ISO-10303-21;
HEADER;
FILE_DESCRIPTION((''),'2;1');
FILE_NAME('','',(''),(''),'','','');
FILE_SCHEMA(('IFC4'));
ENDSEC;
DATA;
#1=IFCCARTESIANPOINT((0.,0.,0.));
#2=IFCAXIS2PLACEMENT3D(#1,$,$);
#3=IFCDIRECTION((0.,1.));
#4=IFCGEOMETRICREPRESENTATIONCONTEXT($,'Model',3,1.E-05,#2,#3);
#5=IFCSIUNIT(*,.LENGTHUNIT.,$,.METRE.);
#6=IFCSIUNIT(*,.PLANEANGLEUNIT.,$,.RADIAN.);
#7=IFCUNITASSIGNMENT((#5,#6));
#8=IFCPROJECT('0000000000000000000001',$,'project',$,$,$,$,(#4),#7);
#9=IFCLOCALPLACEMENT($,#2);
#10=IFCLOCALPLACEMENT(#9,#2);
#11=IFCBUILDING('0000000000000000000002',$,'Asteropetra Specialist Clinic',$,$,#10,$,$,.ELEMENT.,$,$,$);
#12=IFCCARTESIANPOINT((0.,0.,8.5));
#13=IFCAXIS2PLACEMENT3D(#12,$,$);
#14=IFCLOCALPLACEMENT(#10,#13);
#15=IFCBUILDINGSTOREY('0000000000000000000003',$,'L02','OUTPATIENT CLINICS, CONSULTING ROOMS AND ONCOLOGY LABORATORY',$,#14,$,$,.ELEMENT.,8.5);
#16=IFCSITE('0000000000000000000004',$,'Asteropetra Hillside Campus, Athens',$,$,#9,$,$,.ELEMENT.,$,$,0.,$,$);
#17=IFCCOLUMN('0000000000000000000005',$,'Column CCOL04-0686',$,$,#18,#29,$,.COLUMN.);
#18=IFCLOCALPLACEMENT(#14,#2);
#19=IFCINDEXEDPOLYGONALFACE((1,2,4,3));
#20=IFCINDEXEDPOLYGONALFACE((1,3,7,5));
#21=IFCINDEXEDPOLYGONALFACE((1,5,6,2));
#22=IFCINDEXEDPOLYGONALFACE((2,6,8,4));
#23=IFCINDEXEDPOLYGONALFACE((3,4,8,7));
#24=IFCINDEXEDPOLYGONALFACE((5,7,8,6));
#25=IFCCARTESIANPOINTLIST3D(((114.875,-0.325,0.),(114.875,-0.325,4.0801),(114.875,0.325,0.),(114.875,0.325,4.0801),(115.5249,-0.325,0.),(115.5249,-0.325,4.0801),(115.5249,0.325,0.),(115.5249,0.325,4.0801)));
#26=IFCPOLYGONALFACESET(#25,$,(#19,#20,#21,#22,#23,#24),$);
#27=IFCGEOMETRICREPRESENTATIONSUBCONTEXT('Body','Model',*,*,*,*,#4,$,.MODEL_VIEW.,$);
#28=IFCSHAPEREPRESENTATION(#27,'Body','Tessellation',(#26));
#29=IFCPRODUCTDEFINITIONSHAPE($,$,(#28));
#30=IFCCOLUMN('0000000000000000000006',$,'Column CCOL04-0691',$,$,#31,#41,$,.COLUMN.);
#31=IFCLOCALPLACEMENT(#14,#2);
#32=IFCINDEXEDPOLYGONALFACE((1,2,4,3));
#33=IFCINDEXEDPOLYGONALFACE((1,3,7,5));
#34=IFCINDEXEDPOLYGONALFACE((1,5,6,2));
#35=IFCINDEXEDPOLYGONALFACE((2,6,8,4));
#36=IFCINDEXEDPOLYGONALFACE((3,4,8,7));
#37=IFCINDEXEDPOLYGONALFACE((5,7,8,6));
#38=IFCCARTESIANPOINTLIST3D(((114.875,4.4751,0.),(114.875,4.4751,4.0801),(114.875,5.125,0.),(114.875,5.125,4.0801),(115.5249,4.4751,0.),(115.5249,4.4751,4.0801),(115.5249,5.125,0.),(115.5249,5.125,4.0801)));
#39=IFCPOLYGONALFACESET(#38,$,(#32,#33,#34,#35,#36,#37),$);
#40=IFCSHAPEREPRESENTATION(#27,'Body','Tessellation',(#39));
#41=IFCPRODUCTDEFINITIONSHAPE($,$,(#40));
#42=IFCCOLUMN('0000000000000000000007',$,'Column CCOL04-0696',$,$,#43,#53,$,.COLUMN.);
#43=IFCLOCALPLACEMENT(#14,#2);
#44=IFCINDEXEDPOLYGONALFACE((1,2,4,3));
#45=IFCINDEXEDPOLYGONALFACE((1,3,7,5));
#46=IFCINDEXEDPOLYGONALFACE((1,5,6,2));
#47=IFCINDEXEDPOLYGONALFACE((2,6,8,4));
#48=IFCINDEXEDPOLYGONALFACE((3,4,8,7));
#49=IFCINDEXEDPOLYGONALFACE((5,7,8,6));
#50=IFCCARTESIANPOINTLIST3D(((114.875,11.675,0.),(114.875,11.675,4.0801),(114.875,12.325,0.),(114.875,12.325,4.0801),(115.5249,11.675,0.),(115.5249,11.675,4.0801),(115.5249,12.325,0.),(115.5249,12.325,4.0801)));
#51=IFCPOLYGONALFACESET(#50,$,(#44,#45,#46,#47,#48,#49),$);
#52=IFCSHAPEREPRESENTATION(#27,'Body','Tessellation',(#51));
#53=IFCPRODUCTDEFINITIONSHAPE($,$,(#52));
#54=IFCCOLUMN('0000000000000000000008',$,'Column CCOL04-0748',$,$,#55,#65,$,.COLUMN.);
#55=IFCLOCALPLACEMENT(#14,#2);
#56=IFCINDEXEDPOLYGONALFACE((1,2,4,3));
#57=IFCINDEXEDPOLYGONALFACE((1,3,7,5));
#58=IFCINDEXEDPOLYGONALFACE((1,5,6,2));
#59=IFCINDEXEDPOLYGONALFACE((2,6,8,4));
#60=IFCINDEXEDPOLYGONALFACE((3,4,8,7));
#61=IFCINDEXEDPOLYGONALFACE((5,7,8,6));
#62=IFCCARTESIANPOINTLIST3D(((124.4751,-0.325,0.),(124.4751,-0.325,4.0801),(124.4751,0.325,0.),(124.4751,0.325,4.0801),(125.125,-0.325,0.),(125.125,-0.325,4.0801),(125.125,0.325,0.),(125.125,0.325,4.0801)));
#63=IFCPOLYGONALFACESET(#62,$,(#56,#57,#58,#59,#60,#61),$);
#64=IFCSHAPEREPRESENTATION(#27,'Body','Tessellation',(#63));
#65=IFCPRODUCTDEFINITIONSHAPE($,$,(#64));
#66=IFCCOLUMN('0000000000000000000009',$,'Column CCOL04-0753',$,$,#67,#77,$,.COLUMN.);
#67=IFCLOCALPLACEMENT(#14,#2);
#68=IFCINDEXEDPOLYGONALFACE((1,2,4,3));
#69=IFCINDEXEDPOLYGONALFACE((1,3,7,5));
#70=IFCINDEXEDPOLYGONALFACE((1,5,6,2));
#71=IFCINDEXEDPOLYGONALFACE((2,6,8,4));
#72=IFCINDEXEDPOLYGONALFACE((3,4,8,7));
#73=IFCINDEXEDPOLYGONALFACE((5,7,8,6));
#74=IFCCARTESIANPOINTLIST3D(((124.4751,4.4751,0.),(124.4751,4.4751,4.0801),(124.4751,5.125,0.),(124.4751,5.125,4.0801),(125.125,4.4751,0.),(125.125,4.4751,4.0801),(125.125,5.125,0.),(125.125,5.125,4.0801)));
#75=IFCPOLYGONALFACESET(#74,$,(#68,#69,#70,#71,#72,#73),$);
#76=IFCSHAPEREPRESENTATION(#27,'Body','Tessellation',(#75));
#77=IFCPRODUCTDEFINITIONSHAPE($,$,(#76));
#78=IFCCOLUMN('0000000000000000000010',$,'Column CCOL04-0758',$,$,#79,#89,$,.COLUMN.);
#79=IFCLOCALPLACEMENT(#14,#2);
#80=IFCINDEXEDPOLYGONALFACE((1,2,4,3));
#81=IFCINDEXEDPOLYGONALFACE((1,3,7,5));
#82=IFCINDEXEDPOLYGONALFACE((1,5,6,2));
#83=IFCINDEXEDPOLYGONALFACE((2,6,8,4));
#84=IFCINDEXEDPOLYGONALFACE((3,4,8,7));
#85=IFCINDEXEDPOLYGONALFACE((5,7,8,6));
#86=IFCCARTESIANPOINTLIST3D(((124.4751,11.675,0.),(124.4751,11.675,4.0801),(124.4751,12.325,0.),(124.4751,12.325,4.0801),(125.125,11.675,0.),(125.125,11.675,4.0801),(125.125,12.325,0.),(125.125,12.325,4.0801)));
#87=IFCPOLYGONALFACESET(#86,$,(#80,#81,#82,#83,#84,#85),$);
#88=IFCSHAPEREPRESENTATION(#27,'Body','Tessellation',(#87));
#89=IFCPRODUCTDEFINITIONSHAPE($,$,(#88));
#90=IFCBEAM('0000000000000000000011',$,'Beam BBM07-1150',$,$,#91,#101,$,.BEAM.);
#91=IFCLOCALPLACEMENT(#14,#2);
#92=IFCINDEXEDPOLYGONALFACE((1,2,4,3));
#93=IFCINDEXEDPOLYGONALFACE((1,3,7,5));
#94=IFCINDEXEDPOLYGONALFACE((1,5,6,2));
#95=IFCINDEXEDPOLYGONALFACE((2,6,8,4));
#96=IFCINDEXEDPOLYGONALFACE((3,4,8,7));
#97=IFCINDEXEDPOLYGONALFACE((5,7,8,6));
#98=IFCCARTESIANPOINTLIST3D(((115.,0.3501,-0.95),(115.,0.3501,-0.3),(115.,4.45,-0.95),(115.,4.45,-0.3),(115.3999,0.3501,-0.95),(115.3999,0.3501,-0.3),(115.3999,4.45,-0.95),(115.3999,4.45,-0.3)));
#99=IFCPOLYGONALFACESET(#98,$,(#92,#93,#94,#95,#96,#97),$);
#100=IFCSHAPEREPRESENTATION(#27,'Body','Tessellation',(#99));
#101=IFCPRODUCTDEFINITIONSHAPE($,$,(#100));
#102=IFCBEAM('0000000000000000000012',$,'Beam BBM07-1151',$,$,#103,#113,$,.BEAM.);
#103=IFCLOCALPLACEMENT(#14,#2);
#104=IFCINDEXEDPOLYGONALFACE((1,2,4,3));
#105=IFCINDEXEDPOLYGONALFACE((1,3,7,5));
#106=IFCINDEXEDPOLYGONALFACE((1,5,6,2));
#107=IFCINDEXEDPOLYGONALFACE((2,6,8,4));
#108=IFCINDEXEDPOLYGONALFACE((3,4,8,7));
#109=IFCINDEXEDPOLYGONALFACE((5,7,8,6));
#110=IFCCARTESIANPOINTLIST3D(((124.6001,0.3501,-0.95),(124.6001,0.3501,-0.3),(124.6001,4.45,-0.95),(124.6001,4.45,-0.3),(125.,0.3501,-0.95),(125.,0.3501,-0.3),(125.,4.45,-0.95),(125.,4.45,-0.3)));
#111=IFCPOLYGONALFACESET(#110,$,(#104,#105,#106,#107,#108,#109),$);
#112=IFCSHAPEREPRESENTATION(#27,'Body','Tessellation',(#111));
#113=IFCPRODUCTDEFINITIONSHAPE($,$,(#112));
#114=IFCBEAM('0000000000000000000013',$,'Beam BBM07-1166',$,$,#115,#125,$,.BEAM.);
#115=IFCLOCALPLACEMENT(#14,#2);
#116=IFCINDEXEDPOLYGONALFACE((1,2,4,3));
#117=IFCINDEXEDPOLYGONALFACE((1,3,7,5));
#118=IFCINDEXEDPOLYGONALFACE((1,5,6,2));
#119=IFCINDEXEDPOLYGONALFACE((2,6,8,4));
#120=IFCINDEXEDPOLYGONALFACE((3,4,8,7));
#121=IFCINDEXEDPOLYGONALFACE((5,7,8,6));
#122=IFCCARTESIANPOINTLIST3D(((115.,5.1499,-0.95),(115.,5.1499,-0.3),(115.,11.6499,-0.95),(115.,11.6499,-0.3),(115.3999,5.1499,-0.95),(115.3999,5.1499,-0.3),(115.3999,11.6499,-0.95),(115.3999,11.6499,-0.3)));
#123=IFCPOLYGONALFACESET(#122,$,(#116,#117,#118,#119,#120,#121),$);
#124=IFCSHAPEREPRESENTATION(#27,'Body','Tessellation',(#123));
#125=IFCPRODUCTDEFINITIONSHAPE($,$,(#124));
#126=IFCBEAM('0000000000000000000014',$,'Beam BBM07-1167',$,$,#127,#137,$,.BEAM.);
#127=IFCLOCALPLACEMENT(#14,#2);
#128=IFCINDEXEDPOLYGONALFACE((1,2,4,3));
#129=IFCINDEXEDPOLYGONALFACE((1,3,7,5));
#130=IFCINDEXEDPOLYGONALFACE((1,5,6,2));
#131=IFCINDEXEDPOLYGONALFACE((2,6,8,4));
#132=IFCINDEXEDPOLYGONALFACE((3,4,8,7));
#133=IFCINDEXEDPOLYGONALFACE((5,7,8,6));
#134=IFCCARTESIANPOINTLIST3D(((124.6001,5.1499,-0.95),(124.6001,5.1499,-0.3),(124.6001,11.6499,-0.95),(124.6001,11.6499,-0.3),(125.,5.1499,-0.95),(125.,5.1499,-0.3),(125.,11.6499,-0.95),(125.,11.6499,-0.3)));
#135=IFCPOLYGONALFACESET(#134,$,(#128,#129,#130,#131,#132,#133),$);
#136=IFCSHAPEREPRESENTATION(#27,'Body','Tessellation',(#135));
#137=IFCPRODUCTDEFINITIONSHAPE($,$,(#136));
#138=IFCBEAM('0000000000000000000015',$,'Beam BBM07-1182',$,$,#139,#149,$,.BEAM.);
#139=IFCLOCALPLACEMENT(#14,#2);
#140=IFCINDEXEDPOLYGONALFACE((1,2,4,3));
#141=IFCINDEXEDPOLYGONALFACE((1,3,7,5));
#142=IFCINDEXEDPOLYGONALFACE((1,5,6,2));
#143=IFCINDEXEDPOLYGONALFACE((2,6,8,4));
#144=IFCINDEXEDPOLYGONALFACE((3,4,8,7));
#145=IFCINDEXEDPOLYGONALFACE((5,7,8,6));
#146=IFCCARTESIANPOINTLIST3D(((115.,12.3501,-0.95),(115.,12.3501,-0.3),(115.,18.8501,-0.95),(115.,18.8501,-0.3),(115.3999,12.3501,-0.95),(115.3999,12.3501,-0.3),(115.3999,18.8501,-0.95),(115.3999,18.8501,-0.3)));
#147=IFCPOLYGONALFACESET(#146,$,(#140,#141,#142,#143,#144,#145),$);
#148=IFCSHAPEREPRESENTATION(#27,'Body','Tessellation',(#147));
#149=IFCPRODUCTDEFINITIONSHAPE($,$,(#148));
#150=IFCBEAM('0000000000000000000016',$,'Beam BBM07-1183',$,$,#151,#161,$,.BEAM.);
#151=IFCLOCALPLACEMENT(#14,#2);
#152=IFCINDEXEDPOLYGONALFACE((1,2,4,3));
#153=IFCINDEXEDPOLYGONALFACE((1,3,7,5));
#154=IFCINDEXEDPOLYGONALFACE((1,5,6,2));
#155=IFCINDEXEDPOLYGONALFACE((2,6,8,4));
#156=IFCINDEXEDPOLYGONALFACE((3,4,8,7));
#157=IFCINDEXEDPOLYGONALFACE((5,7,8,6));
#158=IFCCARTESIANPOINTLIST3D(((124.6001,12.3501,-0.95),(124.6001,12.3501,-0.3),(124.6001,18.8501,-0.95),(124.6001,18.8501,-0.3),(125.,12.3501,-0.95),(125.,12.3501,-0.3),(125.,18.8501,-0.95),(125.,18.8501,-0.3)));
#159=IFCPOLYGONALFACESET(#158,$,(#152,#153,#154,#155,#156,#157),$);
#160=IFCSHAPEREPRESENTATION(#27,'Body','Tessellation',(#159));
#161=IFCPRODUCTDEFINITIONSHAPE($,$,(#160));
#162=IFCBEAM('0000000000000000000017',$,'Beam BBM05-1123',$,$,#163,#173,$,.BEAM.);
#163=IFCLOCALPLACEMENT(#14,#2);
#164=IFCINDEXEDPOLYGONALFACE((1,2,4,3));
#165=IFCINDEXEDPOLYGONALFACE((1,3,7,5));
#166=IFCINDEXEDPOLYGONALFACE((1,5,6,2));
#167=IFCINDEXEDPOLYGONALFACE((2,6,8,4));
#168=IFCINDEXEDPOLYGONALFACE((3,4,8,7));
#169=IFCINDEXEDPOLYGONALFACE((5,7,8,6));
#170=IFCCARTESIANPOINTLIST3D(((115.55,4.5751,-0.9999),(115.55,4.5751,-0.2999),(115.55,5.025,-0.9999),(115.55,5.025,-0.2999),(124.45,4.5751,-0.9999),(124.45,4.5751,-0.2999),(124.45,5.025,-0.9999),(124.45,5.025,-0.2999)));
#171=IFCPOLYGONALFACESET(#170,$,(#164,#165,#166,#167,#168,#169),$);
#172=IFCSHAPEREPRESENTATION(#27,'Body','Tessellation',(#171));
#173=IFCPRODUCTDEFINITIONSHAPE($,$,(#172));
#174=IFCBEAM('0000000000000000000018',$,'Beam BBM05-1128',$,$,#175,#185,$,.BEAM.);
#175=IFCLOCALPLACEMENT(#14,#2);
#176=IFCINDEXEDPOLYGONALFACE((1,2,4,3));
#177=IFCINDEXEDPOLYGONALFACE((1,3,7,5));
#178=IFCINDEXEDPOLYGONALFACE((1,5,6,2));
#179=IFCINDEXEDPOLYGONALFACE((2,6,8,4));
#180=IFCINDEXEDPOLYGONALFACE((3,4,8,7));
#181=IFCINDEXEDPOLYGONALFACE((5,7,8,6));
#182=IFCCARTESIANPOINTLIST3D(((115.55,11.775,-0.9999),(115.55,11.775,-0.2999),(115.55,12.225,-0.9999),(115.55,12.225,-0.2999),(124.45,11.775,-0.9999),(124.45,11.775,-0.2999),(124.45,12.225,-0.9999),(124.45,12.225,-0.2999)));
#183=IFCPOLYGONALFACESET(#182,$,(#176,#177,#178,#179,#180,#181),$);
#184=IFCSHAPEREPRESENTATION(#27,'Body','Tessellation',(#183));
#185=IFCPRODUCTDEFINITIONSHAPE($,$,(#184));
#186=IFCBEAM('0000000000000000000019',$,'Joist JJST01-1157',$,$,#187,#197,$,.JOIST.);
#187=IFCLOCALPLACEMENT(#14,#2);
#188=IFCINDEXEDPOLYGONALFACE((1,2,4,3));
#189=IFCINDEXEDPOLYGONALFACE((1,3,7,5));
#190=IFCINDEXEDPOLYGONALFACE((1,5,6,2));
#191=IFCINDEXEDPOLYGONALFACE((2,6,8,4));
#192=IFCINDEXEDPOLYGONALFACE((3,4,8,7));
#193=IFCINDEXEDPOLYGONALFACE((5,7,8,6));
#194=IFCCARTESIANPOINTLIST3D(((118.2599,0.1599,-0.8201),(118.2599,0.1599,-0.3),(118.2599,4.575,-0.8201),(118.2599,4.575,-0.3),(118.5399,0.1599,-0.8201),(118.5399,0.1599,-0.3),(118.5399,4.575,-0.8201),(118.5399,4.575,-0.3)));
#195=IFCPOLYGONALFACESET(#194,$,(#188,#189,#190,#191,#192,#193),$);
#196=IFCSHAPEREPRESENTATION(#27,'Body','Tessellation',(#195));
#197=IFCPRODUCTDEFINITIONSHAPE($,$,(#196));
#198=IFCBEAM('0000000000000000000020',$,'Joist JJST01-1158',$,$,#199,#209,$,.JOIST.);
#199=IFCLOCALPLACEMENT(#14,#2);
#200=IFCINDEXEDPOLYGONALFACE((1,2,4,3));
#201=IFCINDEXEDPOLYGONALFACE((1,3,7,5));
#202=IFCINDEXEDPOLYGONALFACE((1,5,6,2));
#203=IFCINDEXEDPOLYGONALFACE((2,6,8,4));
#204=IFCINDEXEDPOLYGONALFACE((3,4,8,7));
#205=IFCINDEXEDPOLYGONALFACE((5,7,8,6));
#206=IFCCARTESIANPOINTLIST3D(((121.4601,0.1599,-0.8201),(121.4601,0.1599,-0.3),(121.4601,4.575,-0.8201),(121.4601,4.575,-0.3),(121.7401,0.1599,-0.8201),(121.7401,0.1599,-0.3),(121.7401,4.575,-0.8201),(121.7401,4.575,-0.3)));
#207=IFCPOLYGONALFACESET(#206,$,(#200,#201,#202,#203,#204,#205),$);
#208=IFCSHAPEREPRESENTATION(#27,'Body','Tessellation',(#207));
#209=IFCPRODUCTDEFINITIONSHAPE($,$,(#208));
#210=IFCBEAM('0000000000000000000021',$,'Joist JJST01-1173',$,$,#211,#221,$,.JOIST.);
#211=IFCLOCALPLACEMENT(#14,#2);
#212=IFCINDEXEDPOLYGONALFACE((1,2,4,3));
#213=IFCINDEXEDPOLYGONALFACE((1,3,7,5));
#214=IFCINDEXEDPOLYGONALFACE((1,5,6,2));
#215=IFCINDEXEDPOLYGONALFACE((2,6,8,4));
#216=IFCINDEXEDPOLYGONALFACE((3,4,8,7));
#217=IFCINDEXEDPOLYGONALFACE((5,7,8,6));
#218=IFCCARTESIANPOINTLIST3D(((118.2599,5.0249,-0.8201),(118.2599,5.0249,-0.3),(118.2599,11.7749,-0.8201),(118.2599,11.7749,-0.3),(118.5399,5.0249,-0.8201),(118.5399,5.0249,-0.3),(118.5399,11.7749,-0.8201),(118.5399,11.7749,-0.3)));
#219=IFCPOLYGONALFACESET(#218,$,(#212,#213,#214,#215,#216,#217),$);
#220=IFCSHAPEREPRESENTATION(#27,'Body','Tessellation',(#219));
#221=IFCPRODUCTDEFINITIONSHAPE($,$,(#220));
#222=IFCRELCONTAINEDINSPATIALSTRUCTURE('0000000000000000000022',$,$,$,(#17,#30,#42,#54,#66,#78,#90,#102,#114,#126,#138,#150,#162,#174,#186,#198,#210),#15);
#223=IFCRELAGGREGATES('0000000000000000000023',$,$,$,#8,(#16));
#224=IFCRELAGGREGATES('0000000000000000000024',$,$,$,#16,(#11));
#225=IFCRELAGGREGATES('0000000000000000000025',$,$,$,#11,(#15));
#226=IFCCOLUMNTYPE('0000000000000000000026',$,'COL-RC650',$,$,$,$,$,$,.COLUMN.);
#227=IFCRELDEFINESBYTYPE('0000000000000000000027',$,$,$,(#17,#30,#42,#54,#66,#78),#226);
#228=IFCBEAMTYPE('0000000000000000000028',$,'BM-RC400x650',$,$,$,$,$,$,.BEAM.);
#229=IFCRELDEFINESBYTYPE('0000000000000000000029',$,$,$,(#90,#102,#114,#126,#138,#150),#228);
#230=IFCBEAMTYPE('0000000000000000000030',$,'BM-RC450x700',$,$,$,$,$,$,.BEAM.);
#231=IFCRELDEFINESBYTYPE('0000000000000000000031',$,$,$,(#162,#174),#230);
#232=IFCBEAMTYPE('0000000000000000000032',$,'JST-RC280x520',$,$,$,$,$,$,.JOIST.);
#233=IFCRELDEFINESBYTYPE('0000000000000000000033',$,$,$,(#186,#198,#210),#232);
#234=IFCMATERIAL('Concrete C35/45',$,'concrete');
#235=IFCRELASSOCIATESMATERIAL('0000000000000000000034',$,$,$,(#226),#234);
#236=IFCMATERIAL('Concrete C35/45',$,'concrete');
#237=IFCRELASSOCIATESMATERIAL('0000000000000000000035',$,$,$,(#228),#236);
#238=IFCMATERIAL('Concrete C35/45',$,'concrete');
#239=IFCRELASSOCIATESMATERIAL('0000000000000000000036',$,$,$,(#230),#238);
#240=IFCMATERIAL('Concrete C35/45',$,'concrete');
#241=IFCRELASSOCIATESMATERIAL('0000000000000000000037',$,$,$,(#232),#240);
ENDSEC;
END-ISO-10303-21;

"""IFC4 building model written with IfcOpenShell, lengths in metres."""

from ifc_helpers import new_model, si_unit, direction, frame, origin, origin_2d, place, context, subcontext, project, spatial, rectangle, extrude, material, material_profile, profile_set, type_object, element, save


model = new_model("IFC4")

# Units and contexts
model_context = context("Model", 3, precision=1e-05, world=origin(), true_north=direction((0.0, 1.0)))
body_context = subcontext(model_context, "Body", "Model", "MODEL_VIEW")
ifc_project = project(units=[si_unit("LENGTHUNIT", "METRE"), si_unit("PLANEANGLEUNIT", "RADIAN")], contexts=[model_context])

# Site, building, storey
site_placement = place(None, origin())
site = spatial("IfcSite", under=ifc_project, at=site_placement, Name="Asteropetra Hillside Campus, Athens", CompositionType="ELEMENT", RefElevation=0.0)
building_placement = place(site_placement, origin())
building = spatial("IfcBuilding", under=site, at=building_placement, Name="Asteropetra Specialist Clinic", CompositionType="ELEMENT")
storey_placement = place(building_placement, frame((0.0, 0.0, 8.5)))
storey = spatial("IfcBuildingStorey", under=building, at=storey_placement, Name="L02", Description="OUTPATIENT CLINICS, CONSULTING ROOMS AND ONCOLOGY LABORATORY", CompositionType="ELEMENT", Elevation=8.5)

# Columns
ifc_material_1 = material(Name="Concrete C35/45", Category="concrete")
ifc_material_profile_1 = material_profile(ifc_material_1, rectangle(XDim=0.6499, YDim=0.6499, at=origin_2d()), Name="RC 650x650")
ifc_profile_set_1 = profile_set([ifc_material_profile_1], Name="Concrete C35/45")
column_type = type_object("IfcColumnType", Name="COL-RC650", PredefinedType="COLUMN", material=ifc_profile_set_1)
for number, where, z_axis, x_axis, name in (
    (1, (115.2, 0.0, 0.0), (0.0, 0.0, 1.0), (1.0, 0.0, 0.0), "Column CCOL04-0686"),
    (2, (115.2, 4.8, 0.0), (0.0, 0.0, 1.0), (1.0, 0.0, 0.0), "Column CCOL04-0691"),
    (3, (115.2, 12.0, 0.0), (0.0, 0.0, 1.0), (1.0, 0.0, 0.0), "Column CCOL04-0696"),
    (4, (124.8, 0.0, 0.0), (0.0, 0.0, 1.0), (1.0, 0.0, 0.0), "Column CCOL04-0748"),
    (5, (124.8, 4.8, 0.0), (0.0, 0.0, 1.0), (1.0, 0.0, 0.0), "Column CCOL04-0753"),
    (6, (124.8, 12.0, 0.0), (0.0, 0.0, 1.0), (1.0, 0.0, 0.0), "Column CCOL04-0758"),
):
    element("IfcColumn", number, at=place(storey_placement, frame(where, z_axis=z_axis, x_axis=x_axis)), inside=storey, type_object=column_type, Name=name, PredefinedType="COLUMN", context=body_context, shape_type="SweptSolid", body=[
        extrude(rectangle(XDim=0.6499, YDim=0.6499, at=origin_2d()), origin(), (0.0, 0.0, 1.0), 4.0801),
    ])

# Beams
ifc_material_2 = material(Name="Concrete C35/45", Category="concrete")
ifc_material_profile_2 = material_profile(ifc_material_2, rectangle(XDim=0.3999, YDim=0.6499, at=origin_2d()), Name="RCB 400x650")
ifc_profile_set_2 = profile_set([ifc_material_profile_2], Name="Concrete C35/45")
beam_type_1 = type_object("IfcBeamType", Name="BM-RC400x650", PredefinedType="BEAM", material=ifc_profile_set_2)
for number, where, z_axis, x_axis, name in (
    (7, (115.2, 0.3501, -0.625), (0.0, 1.0, 0.0), (-1.0, 0.0, 0.0), "Beam BBM07-1150"),
    (8, (124.8, 0.3501, -0.625), (0.0, 1.0, 0.0), (-1.0, 0.0, 0.0), "Beam BBM07-1151"),
):
    element("IfcBeam", number, at=place(storey_placement, frame(where, z_axis=z_axis, x_axis=x_axis)), inside=storey, type_object=beam_type_1, Name=name, PredefinedType="BEAM", context=body_context, shape_type="SweptSolid", body=[
        extrude(rectangle(XDim=0.3999, YDim=0.6499, at=origin_2d()), origin(), (0.0, 0.0, 1.0), 4.0999),
    ])
for number, where, z_axis, x_axis, name in (
    (9, (115.2, 5.1499, -0.625), (0.0, 1.0, 0.0), (-1.0, 0.0, 0.0), "Beam BBM07-1166"),
    (10, (124.8, 5.1499, -0.625), (0.0, 1.0, 0.0), (-1.0, 0.0, 0.0), "Beam BBM07-1167"),
    (11, (115.2, 12.3501, -0.625), (0.0, 1.0, 0.0), (-1.0, 0.0, 0.0), "Beam BBM07-1182"),
    (12, (124.8, 12.3501, -0.625), (0.0, 1.0, 0.0), (-1.0, 0.0, 0.0), "Beam BBM07-1183"),
):
    element("IfcBeam", number, at=place(storey_placement, frame(where, z_axis=z_axis, x_axis=x_axis)), inside=storey, type_object=beam_type_1, Name=name, PredefinedType="BEAM", context=body_context, shape_type="SweptSolid", body=[
        extrude(rectangle(XDim=0.3999, YDim=0.6499, at=origin_2d()), origin(), (0.0, 0.0, 1.0), 6.5),
    ])
ifc_material_3 = material(Name="Concrete C35/45", Category="concrete")
ifc_material_profile_3 = material_profile(ifc_material_3, rectangle(XDim=0.45, YDim=0.7, at=origin_2d()), Name="RCB 450x700")
ifc_profile_set_3 = profile_set([ifc_material_profile_3], Name="Concrete C35/45")
beam_type_2 = type_object("IfcBeamType", Name="BM-RC450x700", PredefinedType="BEAM", material=ifc_profile_set_3)
for number, where, z_axis, x_axis, name in (
    (13, (115.55, 4.8, -0.6499), (1.0, 0.0, 0.0), (0.0, 1.0, 0.0), "Beam BBM05-1123"),
    (14, (115.55, 12.0, -0.6499), (1.0, 0.0, 0.0), (0.0, 1.0, 0.0), "Beam BBM05-1128"),
):
    element("IfcBeam", number, at=place(storey_placement, frame(where, z_axis=z_axis, x_axis=x_axis)), inside=storey, type_object=beam_type_2, Name=name, PredefinedType="BEAM", context=body_context, shape_type="SweptSolid", body=[
        extrude(rectangle(XDim=0.45, YDim=0.7, at=origin_2d()), origin(), (0.0, 0.0, 1.0), 8.8999),
    ])
ifc_material_4 = material(Name="Concrete C35/45", Category="concrete")
ifc_material_profile_4 = material_profile(ifc_material_4, rectangle(XDim=0.28, YDim=0.52, at=origin_2d()), Name="RCJ 280x520")
ifc_profile_set_4 = profile_set([ifc_material_profile_4], Name="Concrete C35/45")
beam_type_3 = type_object("IfcBeamType", Name="JST-RC280x520", PredefinedType="JOIST", material=ifc_profile_set_4)
for number, where, z_axis, x_axis, name in (
    (15, (118.3999, 0.1599, -0.5601), (0.0, 1.0, 0.0), (-1.0, 0.0, 0.0), "Joist JJST01-1157"),
    (16, (121.6001, 0.1599, -0.5601), (0.0, 1.0, 0.0), (-1.0, 0.0, 0.0), "Joist JJST01-1158"),
):
    element("IfcBeam", number, at=place(storey_placement, frame(where, z_axis=z_axis, x_axis=x_axis)), inside=storey, type_object=beam_type_3, Name=name, PredefinedType="JOIST", context=body_context, shape_type="SweptSolid", body=[
        extrude(rectangle(XDim=0.28, YDim=0.52, at=origin_2d()), origin(), (0.0, 0.0, 1.0), 4.415),
    ])
for number, where, z_axis, x_axis, name in (
    (17, (118.3999, 5.0249, -0.5601), (0.0, 1.0, 0.0), (-1.0, 0.0, 0.0), "Joist JJST01-1173"),
):
    element("IfcBeam", number, at=place(storey_placement, frame(where, z_axis=z_axis, x_axis=x_axis)), inside=storey, type_object=beam_type_3, Name=name, PredefinedType="JOIST", context=body_context, shape_type="SweptSolid", body=[
        extrude(rectangle(XDim=0.28, YDim=0.52, at=origin_2d()), origin(), (0.0, 0.0, 1.0), 6.75),
    ])

save(model, "model.ifc")
